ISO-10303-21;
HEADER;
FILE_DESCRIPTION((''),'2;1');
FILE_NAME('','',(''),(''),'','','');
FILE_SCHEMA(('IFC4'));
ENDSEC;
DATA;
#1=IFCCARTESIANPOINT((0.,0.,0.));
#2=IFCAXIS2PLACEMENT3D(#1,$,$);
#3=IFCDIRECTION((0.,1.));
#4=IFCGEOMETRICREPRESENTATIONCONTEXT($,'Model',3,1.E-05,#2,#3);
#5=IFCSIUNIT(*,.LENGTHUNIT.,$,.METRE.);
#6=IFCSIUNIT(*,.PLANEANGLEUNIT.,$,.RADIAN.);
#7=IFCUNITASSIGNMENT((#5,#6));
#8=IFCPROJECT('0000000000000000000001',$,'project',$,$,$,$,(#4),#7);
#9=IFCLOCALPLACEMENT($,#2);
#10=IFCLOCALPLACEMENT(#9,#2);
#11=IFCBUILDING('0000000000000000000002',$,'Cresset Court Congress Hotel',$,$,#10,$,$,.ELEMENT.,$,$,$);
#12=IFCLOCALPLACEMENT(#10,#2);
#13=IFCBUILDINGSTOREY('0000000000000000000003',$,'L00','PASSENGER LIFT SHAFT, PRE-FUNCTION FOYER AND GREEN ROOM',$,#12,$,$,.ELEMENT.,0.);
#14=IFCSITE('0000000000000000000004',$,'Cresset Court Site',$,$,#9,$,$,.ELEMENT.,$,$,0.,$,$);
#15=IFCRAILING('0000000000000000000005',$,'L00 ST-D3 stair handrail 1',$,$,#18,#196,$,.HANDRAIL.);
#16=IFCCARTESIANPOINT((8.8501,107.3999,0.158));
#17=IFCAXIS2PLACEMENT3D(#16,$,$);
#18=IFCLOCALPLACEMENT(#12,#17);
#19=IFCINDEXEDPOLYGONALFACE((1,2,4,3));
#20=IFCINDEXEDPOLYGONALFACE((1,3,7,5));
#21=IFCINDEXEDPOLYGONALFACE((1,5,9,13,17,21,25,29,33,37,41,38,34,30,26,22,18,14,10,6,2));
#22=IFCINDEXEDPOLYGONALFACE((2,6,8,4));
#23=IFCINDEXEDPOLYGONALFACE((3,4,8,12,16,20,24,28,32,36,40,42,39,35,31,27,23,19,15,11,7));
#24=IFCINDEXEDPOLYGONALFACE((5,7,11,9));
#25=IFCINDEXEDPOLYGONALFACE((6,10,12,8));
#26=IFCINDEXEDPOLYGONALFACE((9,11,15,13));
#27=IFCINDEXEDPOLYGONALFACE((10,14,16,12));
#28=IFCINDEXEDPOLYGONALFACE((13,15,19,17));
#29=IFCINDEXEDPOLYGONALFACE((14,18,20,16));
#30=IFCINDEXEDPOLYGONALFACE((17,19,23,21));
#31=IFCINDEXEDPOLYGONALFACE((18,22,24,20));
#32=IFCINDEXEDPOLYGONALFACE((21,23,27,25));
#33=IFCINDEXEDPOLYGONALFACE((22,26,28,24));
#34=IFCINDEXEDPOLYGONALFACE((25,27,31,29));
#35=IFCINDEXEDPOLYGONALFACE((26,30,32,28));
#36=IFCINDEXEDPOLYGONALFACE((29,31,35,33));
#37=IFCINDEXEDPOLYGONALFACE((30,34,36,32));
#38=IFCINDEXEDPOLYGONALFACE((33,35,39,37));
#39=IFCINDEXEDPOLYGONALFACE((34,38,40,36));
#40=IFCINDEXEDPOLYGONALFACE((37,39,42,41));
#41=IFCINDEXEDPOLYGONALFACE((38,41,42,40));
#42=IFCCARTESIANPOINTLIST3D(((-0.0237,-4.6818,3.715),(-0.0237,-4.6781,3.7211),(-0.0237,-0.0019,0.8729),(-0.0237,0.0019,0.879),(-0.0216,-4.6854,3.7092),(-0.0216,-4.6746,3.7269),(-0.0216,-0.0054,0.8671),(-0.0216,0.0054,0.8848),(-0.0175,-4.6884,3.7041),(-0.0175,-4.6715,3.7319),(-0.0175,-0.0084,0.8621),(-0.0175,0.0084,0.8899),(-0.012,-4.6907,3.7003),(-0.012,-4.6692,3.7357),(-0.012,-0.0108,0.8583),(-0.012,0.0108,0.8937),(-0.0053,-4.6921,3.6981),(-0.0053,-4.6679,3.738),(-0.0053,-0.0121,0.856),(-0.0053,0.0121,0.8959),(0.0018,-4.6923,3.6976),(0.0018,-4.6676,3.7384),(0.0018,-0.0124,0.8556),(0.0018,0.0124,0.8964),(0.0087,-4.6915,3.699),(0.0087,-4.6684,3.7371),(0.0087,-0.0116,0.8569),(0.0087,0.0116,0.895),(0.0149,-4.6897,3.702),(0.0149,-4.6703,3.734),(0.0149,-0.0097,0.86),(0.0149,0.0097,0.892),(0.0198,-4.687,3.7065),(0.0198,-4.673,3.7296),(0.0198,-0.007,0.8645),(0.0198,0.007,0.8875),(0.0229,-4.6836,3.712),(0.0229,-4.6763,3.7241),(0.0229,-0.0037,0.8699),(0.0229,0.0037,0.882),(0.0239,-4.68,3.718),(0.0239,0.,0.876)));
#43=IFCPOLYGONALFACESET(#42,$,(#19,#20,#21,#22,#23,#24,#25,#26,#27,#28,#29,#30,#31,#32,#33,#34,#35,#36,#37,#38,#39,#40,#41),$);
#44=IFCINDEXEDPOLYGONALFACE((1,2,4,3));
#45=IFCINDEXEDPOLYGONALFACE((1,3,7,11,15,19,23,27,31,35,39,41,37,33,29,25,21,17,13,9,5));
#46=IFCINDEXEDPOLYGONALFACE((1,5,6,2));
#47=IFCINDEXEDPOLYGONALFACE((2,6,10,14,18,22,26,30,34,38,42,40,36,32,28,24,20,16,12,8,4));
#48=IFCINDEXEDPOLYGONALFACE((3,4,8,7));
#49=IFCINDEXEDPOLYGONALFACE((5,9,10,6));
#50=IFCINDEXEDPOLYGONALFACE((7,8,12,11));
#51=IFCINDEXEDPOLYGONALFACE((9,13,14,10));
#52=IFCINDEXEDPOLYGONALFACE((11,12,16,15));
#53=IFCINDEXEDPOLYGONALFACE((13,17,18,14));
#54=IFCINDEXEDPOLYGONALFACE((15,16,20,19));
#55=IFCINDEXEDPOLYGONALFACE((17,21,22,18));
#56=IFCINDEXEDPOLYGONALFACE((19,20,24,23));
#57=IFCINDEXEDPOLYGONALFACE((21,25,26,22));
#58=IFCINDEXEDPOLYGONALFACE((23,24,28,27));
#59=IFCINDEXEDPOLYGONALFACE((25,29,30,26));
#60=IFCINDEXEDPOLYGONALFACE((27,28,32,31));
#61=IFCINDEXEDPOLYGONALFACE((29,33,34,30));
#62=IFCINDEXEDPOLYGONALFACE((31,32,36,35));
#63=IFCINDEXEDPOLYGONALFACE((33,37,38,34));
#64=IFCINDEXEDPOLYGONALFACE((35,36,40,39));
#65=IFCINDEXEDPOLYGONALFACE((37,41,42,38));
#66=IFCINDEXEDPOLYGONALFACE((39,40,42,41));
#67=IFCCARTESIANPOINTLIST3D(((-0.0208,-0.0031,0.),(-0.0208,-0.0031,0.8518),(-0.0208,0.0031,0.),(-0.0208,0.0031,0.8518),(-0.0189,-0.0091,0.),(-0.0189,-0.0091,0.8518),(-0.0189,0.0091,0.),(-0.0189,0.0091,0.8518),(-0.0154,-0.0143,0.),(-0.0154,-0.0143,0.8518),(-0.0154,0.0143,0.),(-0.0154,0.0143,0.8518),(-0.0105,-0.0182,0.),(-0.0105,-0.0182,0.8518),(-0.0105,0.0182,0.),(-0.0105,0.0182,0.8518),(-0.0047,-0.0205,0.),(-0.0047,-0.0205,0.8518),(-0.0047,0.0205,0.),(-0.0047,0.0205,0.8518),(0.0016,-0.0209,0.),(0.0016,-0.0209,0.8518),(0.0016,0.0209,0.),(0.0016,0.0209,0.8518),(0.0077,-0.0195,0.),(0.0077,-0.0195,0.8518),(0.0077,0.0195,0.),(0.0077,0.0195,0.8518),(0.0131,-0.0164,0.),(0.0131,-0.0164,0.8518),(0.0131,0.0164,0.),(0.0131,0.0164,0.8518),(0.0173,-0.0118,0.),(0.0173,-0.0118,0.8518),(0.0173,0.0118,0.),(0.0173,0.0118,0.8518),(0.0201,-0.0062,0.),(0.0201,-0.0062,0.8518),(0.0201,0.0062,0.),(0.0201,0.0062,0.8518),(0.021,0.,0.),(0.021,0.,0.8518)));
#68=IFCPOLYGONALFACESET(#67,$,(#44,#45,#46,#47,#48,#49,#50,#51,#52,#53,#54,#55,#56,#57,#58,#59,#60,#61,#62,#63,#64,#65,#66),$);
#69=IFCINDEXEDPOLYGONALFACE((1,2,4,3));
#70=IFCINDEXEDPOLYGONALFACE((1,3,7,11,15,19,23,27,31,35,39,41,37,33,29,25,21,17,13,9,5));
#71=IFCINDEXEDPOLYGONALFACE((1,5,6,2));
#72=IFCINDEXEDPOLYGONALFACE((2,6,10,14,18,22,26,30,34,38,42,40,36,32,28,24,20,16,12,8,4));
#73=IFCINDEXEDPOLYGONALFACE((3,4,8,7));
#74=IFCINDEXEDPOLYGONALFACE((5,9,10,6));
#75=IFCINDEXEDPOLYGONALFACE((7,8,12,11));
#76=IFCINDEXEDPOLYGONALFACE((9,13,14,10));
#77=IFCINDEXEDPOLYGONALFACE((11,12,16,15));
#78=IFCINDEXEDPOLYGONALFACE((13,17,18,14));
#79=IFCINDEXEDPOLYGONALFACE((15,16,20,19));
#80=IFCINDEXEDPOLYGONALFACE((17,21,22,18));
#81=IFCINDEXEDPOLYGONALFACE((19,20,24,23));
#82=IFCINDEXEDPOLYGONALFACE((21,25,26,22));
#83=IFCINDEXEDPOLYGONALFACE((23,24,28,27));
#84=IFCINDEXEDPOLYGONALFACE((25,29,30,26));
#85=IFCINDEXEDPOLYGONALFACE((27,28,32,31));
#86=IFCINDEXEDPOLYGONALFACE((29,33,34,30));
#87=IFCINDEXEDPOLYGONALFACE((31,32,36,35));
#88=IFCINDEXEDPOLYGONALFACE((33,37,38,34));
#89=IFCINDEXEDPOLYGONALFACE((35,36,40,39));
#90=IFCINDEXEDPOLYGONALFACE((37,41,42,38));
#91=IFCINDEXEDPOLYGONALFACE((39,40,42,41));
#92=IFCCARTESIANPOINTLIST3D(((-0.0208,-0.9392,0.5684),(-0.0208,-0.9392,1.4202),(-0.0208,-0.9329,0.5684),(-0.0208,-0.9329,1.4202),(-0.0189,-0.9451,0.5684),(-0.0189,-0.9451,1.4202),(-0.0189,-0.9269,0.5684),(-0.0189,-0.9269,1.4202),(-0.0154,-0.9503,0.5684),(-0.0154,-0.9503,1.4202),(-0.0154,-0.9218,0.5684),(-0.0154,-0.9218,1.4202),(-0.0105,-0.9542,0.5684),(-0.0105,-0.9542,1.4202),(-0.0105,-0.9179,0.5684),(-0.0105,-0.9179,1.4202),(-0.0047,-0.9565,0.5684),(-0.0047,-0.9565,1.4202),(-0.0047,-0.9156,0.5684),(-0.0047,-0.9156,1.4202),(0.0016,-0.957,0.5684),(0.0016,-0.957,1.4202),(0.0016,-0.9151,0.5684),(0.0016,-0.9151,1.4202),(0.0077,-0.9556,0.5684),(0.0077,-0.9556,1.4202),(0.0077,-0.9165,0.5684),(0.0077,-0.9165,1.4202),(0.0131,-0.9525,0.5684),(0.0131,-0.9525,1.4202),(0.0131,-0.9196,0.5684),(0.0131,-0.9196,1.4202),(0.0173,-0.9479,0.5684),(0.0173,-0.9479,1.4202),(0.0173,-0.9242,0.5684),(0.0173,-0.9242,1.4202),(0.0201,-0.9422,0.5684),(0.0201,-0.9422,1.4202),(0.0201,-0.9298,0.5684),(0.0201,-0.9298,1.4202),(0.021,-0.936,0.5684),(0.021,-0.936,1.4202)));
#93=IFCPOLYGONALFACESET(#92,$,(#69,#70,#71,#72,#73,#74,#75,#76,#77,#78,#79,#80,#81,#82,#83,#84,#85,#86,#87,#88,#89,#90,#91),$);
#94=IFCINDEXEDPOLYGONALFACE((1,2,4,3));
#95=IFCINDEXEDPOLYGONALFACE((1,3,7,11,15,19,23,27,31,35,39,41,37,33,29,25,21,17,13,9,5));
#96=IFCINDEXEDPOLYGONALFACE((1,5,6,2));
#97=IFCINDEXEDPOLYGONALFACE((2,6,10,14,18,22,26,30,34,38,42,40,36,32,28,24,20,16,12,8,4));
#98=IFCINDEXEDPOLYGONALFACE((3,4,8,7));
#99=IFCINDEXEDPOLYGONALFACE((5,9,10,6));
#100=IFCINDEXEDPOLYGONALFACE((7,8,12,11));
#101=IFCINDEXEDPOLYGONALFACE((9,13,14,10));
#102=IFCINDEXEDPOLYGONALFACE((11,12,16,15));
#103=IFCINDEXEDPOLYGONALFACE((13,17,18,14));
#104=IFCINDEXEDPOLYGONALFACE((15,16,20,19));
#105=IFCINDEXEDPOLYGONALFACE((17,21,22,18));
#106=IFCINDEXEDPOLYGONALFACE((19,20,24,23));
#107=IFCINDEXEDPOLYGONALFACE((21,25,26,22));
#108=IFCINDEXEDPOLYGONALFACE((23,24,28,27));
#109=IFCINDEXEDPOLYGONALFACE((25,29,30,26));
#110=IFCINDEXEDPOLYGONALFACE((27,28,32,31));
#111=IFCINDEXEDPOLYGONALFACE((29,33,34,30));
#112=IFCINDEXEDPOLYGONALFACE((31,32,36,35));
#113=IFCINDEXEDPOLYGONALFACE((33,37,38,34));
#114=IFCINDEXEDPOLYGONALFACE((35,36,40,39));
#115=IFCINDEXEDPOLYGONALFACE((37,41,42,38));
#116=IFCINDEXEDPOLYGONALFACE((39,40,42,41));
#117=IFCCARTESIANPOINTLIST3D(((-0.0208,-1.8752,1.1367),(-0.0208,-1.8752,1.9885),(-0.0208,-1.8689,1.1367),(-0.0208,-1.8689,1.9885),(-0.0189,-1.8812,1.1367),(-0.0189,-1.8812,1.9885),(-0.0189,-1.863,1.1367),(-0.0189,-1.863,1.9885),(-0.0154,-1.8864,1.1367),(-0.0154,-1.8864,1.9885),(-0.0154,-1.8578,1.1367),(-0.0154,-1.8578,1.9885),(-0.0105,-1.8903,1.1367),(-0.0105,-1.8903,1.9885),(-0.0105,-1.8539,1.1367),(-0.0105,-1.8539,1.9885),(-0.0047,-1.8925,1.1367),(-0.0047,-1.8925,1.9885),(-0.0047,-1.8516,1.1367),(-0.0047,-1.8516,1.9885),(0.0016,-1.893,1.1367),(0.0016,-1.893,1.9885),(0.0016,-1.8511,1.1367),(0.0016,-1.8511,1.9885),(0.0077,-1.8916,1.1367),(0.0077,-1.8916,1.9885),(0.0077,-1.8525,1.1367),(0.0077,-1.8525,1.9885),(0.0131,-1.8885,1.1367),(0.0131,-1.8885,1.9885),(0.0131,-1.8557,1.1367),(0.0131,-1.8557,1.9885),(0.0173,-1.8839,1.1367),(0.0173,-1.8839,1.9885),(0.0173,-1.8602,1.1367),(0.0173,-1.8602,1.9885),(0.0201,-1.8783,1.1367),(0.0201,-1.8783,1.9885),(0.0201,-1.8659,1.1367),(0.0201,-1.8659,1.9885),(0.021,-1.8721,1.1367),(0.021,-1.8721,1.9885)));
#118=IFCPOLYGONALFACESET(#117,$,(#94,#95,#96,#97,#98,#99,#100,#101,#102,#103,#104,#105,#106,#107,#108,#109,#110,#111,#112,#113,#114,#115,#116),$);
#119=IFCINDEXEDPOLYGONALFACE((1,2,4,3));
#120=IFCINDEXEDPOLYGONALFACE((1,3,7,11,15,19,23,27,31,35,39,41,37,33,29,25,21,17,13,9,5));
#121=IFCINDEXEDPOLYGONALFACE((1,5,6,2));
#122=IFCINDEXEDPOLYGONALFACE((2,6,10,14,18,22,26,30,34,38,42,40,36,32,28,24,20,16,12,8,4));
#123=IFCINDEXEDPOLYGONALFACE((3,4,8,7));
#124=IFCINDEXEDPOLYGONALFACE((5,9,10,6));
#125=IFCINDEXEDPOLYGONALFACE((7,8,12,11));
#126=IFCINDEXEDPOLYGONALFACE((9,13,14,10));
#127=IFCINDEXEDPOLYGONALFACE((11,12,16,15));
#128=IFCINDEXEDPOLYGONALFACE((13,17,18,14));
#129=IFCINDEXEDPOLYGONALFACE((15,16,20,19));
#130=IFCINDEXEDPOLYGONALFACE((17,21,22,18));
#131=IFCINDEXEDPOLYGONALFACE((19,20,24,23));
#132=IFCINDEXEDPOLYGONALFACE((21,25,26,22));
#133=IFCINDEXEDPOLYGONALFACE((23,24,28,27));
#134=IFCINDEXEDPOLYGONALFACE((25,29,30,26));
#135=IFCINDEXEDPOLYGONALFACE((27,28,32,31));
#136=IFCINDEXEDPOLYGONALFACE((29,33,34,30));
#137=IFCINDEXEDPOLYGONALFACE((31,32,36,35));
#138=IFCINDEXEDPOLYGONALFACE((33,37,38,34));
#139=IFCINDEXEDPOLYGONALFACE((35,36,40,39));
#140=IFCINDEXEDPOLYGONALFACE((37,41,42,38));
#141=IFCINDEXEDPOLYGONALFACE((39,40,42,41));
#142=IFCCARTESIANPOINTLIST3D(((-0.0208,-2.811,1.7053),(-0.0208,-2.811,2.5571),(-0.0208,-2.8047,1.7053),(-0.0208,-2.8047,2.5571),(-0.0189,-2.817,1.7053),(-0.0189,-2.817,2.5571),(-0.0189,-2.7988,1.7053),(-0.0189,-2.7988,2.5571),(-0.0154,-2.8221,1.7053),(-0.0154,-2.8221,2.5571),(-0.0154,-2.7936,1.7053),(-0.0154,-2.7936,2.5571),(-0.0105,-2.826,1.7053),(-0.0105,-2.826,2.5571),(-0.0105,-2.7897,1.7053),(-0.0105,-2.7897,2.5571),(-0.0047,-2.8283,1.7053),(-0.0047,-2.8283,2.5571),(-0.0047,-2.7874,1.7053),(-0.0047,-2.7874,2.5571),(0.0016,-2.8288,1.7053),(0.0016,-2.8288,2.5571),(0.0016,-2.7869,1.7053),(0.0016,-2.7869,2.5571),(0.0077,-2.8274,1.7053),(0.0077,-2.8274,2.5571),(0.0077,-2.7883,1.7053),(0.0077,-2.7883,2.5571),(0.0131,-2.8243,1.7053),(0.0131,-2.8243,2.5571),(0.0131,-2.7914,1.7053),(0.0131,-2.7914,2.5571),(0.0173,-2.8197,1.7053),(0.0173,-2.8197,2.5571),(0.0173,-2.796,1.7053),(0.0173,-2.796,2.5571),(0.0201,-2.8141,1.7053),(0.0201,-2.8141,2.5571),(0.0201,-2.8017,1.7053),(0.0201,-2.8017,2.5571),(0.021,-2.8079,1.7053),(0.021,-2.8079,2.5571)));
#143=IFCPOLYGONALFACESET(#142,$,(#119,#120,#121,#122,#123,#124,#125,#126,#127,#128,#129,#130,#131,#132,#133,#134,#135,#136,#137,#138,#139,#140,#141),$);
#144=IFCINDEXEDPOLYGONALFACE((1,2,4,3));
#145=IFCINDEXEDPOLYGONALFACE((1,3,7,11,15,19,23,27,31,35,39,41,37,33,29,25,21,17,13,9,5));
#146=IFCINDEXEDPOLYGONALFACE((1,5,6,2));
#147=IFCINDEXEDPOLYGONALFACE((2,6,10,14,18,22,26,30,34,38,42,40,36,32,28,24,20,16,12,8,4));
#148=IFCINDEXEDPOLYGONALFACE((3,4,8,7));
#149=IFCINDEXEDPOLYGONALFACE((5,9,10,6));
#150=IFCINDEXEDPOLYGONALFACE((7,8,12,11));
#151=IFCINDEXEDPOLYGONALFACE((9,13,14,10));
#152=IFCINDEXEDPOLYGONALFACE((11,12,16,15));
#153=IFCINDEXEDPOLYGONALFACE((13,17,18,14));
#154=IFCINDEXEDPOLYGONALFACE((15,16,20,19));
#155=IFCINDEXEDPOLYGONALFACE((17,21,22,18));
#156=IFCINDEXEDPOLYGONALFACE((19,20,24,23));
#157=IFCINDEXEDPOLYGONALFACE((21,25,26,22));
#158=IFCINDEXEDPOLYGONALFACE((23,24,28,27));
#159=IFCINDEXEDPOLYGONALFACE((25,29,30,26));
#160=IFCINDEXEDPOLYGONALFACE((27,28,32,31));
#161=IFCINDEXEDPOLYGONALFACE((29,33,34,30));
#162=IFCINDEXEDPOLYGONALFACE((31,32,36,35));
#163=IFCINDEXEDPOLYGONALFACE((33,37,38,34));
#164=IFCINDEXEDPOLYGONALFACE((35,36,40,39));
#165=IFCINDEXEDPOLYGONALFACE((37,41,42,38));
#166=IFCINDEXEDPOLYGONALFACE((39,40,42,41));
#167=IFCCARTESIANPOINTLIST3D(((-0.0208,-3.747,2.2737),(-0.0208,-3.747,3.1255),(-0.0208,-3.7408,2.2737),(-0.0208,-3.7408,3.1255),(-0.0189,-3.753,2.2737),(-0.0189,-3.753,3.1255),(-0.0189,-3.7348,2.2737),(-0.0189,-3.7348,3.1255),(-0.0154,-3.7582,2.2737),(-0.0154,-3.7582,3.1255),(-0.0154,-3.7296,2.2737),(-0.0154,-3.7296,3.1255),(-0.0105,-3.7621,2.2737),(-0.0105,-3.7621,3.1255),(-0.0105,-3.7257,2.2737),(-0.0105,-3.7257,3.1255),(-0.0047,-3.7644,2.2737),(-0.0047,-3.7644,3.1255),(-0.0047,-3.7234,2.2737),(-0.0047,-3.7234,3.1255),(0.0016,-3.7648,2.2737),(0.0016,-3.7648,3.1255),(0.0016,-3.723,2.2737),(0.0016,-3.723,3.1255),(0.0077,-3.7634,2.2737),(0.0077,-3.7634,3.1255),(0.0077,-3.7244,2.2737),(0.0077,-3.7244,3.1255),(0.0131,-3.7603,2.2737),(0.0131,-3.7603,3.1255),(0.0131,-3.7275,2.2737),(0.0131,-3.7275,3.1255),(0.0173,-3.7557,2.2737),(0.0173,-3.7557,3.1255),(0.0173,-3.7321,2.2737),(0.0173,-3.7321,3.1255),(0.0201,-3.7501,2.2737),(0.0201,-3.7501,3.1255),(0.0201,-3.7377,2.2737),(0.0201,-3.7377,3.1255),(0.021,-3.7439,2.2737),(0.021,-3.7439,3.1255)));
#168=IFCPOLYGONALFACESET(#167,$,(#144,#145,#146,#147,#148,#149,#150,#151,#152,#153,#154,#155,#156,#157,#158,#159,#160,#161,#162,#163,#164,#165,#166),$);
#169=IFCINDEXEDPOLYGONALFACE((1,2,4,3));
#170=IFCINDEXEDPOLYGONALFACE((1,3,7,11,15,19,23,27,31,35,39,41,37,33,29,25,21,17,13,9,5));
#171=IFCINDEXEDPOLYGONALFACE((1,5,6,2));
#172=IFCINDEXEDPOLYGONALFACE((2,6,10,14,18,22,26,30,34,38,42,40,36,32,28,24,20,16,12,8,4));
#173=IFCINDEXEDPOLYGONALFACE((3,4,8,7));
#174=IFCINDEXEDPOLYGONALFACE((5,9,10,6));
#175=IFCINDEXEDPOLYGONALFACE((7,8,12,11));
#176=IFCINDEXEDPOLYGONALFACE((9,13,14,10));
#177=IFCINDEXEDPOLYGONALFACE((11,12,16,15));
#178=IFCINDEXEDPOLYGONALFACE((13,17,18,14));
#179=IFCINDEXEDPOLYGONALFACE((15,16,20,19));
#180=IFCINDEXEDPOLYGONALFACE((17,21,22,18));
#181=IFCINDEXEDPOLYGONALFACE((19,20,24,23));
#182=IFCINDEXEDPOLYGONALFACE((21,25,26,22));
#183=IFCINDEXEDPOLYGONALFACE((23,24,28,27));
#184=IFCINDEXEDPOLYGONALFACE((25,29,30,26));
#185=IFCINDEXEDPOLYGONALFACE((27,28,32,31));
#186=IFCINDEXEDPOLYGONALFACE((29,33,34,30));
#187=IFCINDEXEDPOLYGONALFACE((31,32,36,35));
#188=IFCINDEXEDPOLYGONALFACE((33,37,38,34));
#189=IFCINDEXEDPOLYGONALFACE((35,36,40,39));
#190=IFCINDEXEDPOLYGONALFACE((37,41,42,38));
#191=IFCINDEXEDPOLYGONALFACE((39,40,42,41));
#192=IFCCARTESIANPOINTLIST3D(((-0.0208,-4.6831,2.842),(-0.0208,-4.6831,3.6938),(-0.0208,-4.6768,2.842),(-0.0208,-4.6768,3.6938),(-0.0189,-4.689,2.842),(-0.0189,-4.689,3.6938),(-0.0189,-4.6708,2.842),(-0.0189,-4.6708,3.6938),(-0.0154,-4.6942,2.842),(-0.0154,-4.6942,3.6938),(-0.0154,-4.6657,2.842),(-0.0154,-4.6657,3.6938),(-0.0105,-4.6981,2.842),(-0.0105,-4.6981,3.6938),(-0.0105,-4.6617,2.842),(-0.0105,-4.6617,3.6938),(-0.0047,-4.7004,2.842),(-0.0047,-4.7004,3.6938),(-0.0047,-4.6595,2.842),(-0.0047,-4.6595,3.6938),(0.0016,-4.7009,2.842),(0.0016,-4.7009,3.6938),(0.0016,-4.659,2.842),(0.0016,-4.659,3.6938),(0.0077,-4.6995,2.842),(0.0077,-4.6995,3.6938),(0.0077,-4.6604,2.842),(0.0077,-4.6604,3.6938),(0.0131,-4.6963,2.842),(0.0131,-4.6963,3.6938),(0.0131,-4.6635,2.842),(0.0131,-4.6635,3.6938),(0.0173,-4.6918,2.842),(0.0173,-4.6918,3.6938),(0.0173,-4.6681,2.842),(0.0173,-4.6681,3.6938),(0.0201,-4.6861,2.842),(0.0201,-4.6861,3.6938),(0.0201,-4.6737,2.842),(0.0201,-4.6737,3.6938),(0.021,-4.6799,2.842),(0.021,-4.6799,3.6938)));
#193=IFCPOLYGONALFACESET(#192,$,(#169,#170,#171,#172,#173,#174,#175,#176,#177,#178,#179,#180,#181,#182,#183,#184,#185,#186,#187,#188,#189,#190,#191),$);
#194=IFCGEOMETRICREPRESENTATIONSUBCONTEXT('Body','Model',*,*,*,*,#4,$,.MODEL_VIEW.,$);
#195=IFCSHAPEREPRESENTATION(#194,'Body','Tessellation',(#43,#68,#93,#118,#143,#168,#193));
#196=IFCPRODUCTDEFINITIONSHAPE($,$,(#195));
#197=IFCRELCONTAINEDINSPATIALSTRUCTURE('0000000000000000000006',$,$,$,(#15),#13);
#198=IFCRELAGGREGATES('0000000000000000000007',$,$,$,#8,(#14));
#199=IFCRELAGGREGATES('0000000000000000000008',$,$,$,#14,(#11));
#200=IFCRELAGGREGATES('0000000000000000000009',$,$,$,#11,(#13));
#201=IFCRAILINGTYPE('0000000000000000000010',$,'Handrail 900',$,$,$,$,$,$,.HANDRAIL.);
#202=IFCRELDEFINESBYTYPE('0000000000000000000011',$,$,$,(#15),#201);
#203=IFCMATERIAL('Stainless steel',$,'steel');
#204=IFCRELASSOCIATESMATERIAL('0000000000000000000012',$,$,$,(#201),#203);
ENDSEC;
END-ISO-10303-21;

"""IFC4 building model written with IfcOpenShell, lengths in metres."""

from ifc_helpers import new_model, si_unit, direction, frame, origin, origin_2d, place, context, subcontext, project, spatial, circle, extrude, material, type_object, element, save


model = new_model("IFC4")

# Units and contexts
model_context = context("Model", 3, precision=1e-05, world=origin(), true_north=direction((0.0, 1.0)))
body_context = subcontext(model_context, "Body", "Model", "MODEL_VIEW")
ifc_project = project(units=[si_unit("LENGTHUNIT", "METRE"), si_unit("PLANEANGLEUNIT", "RADIAN")], contexts=[model_context])

# Site, building, storey
site_placement = place(None, origin())
site = spatial("IfcSite", under=ifc_project, at=site_placement, Name="Cresset Court Site", CompositionType="ELEMENT", RefElevation=0.0)
building_placement = place(site_placement, origin())
building = spatial("IfcBuilding", under=site, at=building_placement, Name="Cresset Court Congress Hotel", CompositionType="ELEMENT")
storey_placement = place(building_placement, origin())
storey = spatial("IfcBuildingStorey", under=building, at=storey_placement, Name="L00", Description="PASSENGER LIFT SHAFT, PRE-FUNCTION FOYER AND GREEN ROOM", CompositionType="ELEMENT", Elevation=0.0)

# Railing
ifc_material_1 = material(Name="Stainless steel", Category="steel")
railing_type_1 = type_object("IfcRailingType", Name="Handrail 900", PredefinedType="HANDRAIL", material=ifc_material_1)
railing_placement = place(storey_placement, frame((8.8501, 107.3999, 0.158)))
element("IfcRailing", 1, at=railing_placement, inside=storey, type_object=railing_type_1, Name="L00 ST-D3 stair handrail 1", PredefinedType="HANDRAIL", context=body_context, shape_type="SweptSolid", body=[
    extrude(circle(Radius=0.0239, at=origin_2d()), frame((0.0, 0.0, 0.876), z_axis=(0.0, -0.854735, 0.519065), x_axis=(1.0, 0.0, 0.0)), (0.0, 0.0, 1.0), 5.4753),
    extrude(circle(Radius=0.021, at=origin_2d()), origin(), (0.0, 0.0, 1.0), 0.8518),
    extrude(circle(Radius=0.021, at=origin_2d()), frame((0.0, -0.936, 0.5684)), (0.0, 0.0, 1.0), 0.8518),
    extrude(circle(Radius=0.021, at=origin_2d()), frame((0.0, -1.8721, 1.1367)), (0.0, 0.0, 1.0), 0.8518),
    extrude(circle(Radius=0.021, at=origin_2d()), frame((0.0, -2.8079, 1.7053)), (0.0, 0.0, 1.0), 0.8518),
    extrude(circle(Radius=0.021, at=origin_2d()), frame((0.0, -3.7439, 2.2737)), (0.0, 0.0, 1.0), 0.8518),
    extrude(circle(Radius=0.021, at=origin_2d()), frame((0.0, -4.6799, 2.842)), (0.0, 0.0, 1.0), 0.8518),
])

save(model, "model.ifc")
